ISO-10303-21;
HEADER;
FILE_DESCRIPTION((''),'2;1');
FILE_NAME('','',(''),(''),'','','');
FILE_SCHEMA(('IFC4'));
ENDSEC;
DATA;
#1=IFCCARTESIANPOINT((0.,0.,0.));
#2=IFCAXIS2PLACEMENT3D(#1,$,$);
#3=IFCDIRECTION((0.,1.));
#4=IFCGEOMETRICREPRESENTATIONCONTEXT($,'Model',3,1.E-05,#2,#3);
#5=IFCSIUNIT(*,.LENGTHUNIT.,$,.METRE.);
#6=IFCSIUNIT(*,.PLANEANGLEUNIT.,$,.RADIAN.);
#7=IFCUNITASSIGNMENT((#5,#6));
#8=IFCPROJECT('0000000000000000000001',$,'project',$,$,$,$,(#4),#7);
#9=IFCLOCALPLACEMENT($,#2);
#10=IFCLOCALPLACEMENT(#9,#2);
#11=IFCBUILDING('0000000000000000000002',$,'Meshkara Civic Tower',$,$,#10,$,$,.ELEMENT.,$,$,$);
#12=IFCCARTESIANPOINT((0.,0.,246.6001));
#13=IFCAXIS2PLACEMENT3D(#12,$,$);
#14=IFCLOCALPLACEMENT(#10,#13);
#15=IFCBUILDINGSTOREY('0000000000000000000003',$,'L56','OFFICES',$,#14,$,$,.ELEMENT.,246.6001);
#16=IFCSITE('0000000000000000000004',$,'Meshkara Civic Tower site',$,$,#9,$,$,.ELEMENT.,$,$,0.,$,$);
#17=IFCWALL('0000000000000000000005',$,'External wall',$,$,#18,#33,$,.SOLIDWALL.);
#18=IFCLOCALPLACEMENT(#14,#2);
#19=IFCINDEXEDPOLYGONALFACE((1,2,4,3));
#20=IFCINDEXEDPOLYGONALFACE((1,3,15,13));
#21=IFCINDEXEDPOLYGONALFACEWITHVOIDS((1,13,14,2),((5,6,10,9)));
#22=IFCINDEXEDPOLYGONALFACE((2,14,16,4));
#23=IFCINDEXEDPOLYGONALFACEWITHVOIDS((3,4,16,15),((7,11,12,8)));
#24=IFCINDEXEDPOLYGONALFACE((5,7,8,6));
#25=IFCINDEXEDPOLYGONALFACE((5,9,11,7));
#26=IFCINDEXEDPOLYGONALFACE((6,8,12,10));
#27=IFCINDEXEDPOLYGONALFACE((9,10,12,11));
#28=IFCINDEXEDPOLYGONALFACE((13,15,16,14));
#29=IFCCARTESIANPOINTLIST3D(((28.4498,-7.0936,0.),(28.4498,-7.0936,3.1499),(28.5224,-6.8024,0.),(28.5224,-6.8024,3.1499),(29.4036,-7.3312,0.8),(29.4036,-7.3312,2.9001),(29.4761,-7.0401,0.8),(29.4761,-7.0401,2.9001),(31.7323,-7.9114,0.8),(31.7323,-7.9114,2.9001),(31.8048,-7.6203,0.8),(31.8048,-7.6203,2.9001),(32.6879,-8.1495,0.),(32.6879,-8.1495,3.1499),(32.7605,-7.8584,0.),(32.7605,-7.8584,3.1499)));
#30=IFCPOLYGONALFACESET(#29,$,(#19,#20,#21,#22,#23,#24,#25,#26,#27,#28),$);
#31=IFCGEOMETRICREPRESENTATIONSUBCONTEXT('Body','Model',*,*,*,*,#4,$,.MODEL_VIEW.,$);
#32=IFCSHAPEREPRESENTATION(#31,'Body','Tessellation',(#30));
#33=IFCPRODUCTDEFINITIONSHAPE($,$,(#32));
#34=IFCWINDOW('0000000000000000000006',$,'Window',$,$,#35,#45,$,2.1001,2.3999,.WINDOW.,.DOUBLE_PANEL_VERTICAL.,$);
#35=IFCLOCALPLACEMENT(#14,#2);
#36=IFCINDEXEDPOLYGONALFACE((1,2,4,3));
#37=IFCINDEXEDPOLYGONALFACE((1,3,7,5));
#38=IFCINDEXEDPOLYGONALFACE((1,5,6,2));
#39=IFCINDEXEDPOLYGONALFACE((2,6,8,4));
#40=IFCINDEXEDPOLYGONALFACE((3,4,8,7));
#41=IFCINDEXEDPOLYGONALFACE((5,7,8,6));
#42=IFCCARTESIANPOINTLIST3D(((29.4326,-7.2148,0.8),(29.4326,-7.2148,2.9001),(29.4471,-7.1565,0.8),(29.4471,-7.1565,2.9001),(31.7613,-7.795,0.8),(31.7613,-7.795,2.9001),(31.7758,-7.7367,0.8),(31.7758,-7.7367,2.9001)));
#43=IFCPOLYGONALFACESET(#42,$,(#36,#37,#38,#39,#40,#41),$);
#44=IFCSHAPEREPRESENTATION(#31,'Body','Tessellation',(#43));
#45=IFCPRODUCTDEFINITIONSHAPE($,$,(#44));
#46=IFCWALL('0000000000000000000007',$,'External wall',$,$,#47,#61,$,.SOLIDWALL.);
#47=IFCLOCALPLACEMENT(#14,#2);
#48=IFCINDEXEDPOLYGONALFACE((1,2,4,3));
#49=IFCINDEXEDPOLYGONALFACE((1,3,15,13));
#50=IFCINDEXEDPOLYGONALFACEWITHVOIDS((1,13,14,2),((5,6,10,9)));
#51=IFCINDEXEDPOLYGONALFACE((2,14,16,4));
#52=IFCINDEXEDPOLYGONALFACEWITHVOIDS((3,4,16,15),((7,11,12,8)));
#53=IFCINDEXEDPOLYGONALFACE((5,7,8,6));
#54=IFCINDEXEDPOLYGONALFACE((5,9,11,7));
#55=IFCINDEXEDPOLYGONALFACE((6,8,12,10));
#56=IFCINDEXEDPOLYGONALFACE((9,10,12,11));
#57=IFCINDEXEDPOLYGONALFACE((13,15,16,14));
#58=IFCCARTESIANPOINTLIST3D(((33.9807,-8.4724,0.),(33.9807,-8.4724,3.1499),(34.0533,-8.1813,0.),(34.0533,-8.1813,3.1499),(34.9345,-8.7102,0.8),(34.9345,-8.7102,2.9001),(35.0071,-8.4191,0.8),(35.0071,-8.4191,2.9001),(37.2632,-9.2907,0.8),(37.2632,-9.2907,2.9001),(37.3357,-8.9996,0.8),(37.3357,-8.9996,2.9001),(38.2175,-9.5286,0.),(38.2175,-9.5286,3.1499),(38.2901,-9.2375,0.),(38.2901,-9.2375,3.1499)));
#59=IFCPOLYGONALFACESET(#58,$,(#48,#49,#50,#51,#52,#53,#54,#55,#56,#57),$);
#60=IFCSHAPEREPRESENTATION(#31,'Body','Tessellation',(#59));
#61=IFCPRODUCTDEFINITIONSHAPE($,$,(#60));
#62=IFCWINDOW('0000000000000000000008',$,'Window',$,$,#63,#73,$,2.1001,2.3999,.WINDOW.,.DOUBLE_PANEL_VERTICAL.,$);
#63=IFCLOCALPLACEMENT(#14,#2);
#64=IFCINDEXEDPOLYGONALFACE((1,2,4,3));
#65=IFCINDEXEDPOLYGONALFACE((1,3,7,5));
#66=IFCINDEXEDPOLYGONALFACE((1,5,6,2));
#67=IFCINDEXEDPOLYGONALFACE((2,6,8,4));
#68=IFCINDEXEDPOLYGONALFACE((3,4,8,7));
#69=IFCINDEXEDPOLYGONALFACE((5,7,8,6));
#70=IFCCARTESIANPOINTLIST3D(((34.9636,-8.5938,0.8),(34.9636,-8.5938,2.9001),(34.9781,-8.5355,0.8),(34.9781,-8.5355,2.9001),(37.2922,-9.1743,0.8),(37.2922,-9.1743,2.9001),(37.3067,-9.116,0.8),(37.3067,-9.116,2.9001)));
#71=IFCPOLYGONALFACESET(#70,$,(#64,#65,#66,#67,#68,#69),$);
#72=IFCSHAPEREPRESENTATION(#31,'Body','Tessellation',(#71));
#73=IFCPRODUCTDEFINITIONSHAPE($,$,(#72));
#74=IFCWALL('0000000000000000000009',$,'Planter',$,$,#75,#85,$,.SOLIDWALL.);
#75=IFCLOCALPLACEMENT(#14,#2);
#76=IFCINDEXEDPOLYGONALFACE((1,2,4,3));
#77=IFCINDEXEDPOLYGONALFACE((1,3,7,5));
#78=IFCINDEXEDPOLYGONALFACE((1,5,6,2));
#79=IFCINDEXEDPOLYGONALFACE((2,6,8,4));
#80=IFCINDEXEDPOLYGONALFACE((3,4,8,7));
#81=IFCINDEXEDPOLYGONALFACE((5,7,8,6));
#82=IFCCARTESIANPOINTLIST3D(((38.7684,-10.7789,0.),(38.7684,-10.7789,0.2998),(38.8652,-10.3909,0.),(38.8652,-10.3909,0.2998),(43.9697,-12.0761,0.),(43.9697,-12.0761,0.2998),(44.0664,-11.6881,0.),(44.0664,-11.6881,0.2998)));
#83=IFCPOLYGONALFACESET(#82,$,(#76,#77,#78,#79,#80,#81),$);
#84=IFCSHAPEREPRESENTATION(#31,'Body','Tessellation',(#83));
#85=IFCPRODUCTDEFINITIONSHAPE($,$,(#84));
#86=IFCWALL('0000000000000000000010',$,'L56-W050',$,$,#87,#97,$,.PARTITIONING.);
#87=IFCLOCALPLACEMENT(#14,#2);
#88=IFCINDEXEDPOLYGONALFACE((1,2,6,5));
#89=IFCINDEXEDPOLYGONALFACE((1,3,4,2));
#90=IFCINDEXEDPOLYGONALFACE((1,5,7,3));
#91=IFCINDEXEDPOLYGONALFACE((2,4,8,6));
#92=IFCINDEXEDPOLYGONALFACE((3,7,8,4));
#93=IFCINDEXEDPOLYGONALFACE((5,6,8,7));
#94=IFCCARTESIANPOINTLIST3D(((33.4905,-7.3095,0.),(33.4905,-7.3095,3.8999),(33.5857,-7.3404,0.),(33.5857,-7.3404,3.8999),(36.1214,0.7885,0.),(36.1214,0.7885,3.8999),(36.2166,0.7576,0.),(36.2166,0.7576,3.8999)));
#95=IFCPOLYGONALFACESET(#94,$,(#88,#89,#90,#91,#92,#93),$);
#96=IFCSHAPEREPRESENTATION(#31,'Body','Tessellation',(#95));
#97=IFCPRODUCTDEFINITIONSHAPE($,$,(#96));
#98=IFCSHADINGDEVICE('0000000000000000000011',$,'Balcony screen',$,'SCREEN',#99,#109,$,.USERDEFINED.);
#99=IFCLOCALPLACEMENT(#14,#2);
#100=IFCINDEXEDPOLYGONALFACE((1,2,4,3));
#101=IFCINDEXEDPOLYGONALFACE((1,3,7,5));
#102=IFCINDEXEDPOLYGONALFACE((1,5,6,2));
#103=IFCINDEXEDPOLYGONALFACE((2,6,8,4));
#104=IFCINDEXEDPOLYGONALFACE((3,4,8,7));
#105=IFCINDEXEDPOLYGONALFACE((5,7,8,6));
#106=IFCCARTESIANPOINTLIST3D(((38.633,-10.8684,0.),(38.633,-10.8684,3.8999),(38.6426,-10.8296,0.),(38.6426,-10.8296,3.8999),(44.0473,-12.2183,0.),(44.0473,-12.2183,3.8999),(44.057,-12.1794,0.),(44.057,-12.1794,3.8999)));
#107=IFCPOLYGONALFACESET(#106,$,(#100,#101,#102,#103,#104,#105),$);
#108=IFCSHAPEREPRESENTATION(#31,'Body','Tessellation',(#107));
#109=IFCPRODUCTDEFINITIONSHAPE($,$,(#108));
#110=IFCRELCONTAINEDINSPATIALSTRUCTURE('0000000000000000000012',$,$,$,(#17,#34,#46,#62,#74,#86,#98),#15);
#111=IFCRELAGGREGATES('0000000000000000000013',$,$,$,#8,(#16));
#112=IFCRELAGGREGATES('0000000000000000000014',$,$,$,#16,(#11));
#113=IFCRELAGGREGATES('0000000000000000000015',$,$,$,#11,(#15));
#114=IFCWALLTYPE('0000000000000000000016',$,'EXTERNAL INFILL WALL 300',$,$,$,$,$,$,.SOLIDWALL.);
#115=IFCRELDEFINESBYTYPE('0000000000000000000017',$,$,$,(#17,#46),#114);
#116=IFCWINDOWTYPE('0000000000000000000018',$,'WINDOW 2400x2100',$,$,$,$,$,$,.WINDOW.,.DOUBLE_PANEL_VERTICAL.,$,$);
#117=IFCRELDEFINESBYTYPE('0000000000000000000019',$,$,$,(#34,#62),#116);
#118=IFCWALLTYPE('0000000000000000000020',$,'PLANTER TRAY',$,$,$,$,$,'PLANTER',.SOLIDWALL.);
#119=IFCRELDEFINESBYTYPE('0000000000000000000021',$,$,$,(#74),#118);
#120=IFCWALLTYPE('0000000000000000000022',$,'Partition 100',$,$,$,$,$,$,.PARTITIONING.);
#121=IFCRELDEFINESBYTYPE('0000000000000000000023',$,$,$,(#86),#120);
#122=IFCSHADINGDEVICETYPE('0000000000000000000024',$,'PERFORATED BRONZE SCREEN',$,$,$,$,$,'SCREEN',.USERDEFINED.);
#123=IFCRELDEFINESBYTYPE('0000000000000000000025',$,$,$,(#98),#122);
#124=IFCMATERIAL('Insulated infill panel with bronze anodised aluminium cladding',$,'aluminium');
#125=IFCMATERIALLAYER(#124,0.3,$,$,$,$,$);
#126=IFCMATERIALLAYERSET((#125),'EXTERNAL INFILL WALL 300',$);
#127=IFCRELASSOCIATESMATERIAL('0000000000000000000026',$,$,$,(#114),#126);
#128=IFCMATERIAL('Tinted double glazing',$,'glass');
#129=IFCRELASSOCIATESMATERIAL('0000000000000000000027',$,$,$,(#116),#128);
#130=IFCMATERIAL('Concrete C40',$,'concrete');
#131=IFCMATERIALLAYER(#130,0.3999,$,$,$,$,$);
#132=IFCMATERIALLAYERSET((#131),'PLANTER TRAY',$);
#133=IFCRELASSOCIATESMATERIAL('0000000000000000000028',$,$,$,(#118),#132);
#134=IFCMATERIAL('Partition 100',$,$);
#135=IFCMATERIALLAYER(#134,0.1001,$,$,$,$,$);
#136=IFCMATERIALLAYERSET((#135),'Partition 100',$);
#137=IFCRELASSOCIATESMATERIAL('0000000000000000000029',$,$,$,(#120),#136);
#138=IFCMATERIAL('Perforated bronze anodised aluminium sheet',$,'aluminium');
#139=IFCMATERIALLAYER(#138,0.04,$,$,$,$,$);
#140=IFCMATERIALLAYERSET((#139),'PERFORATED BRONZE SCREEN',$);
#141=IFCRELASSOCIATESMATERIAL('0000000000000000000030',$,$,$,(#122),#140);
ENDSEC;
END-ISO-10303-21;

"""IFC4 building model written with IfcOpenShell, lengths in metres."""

from ifc_helpers import new_model, si_unit, direction, frame, frame_2d, origin, origin_2d, place, context, subcontext, project, spatial, rectangle, extrude, material, layer, layer_set, type_object, element, fill, save


model = new_model("IFC4")

# Units and contexts
model_context = context("Model", 3, precision=1e-05, world=origin(), true_north=direction((0.0, 1.0)))
body_context = subcontext(model_context, "Body", "Model", "MODEL_VIEW")
ifc_project = project(units=[si_unit("LENGTHUNIT", "METRE"), si_unit("PLANEANGLEUNIT", "RADIAN")], contexts=[model_context])

# Site, building, storey
site_placement = place(None, origin())
site = spatial("IfcSite", under=ifc_project, at=site_placement, Name="Meshkara Civic Tower site", CompositionType="ELEMENT", RefElevation=0.0)
building_placement = place(site_placement, origin())
building = spatial("IfcBuilding", under=site, at=building_placement, Name="Meshkara Civic Tower", CompositionType="ELEMENT")
storey_placement = place(building_placement, frame((0.0, 0.0, 246.6001)))
storey = spatial("IfcBuildingStorey", under=building, at=storey_placement, Name="L56", Description="OFFICES", CompositionType="ELEMENT", Elevation=246.6001)

# Walls, openings, windows
ifc_material_1 = material(Name="Insulated infill panel with bronze anodised aluminium cladding", Category="aluminium")
ifc_layer_1 = layer(ifc_material_1, 0.3)
ifc_layer_set_1 = layer_set([ifc_layer_1], Name="EXTERNAL INFILL WALL 300")
wall_type_1 = type_object("IfcWallType", Name="EXTERNAL INFILL WALL 300", PredefinedType="SOLIDWALL", material=ifc_layer_set_1)
ifc_material_2 = material(Name="Tinted double glazing", Category="glass")
window_type = type_object("IfcWindowType", Name="WINDOW 2400x2100", PartitioningType="DOUBLE_PANEL_VERTICAL", PredefinedType="WINDOW", material=ifc_material_2)
wall_1_placement = place(storey_placement, frame((28.4861, -6.948, 0.0), z_axis=(0.0, 0.0, 1.0), x_axis=(0.970336, -0.24176, 0.0)))
wall_1 = element("IfcWall", 1, at=wall_1_placement, inside=storey, type_object=wall_type_1, Name="External wall", PredefinedType="SOLIDWALL", context=body_context, shape_type="SweptSolid", body=[
    extrude(rectangle(XDim=4.3677, YDim=0.3, at=frame_2d((2.1838, 0.0))), origin(), (0.0, 0.0, 1.0), 3.1499),
])
opening_1_placement = place(wall_1_placement, frame((0.9829, 0.0, 0.8)))
opening_1 = element("IfcOpeningElement", 2, at=opening_1_placement, cuts=wall_1, PredefinedType="OPENING", context=body_context, shape_type="SweptSolid", body=[
    extrude(rectangle(XDim=2.3999, YDim=2.1001, at=frame_2d((1.2, 1.05))), frame((0.0, 0.1599, 0.0), z_axis=(0.0, -1.0, 0.0), x_axis=(1.0, 0.0, 0.0)), (0.0, 0.0, 1.0), 0.3201),
])
window_1_placement = place(opening_1_placement, origin())
window_1 = element("IfcWindow", 3, at=window_1_placement, inside=storey, type_object=window_type, Name="Window", OverallHeight=2.1001, OverallWidth=2.3999, PartitioningType="DOUBLE_PANEL_VERTICAL", PredefinedType="WINDOW", context=body_context, shape_type="SweptSolid", body=[
    extrude(rectangle(XDim=2.3999, YDim=2.1001, at=frame_2d((1.2, 1.05))), frame((0.0, 0.03, 0.0), z_axis=(0.0, -1.0, 0.0), x_axis=(1.0, 0.0, 0.0)), (0.0, 0.0, 1.0), 0.0601),
])
fill(opening_1, window_1)
wall_2_placement = place(storey_placement, frame((34.0171, -8.3269, 0.0), z_axis=(0.0, 0.0, 1.0), x_axis=(0.970307, -0.241878, 0.0)))
wall_2 = element("IfcWall", 4, at=wall_2_placement, inside=storey, type_object=wall_type_1, Name="External wall", PredefinedType="SOLIDWALL", context=body_context, shape_type="SweptSolid", body=[
    extrude(rectangle(XDim=4.3665, YDim=0.3, at=frame_2d((2.1831, 0.0))), origin(), (0.0, 0.0, 1.0), 3.1499),
])
opening_2_placement = place(wall_2_placement, frame((0.9829, 0.0, 0.8)))
opening_2 = element("IfcOpeningElement", 5, at=opening_2_placement, cuts=wall_2, PredefinedType="OPENING", context=body_context, shape_type="SweptSolid", body=[
    extrude(rectangle(XDim=2.3999, YDim=2.1001, at=frame_2d((1.2, 1.05))), frame((0.0, 0.1599, 0.0), z_axis=(0.0, -1.0, 0.0), x_axis=(1.0, 0.0, 0.0)), (0.0, 0.0, 1.0), 0.3201),
])
window_2_placement = place(opening_2_placement, origin())
window_2 = element("IfcWindow", 6, at=window_2_placement, inside=storey, type_object=window_type, Name="Window", OverallHeight=2.1001, OverallWidth=2.3999, PartitioningType="DOUBLE_PANEL_VERTICAL", PredefinedType="WINDOW", context=body_context, shape_type="SweptSolid", body=[
    extrude(rectangle(XDim=2.3999, YDim=2.1001, at=frame_2d((1.2, 1.05))), frame((0.0, 0.03, 0.0), z_axis=(0.0, -1.0, 0.0), x_axis=(1.0, 0.0, 0.0)), (0.0, 0.0, 1.0), 0.0601),
])
fill(opening_2, window_2)

# Walls
ifc_material_3 = material(Name="Concrete C40", Category="concrete")
ifc_layer_2 = layer(ifc_material_3, 0.3999)
ifc_layer_set_2 = layer_set([ifc_layer_2], Name="PLANTER TRAY")
wall_type_2 = type_object("IfcWallType", Name="PLANTER TRAY", ElementType="PLANTER", PredefinedType="SOLIDWALL", material=ifc_layer_set_2)
wall_3_placement = place(storey_placement, frame((38.8169, -10.585, 0.0), z_axis=(0.0, 0.0, 1.0), x_axis=(0.970282, -0.241978, 0.0)))
element("IfcWall", 7, at=wall_3_placement, inside=storey, type_object=wall_type_2, Name="Planter", PredefinedType="SOLIDWALL", context=body_context, shape_type="SweptSolid", body=[
    extrude(rectangle(XDim=5.3606, YDim=0.3999, at=frame_2d((2.6802, 0.0))), origin(), (0.0, 0.0, 1.0), 0.2998),
])
ifc_material_4 = material(Name="Partition 100")
ifc_layer_3 = layer(ifc_material_4, 0.1001)
ifc_layer_set_3 = layer_set([ifc_layer_3], Name="Partition 100")
wall_type_3 = type_object("IfcWallType", Name="Partition 100", PredefinedType="PARTITIONING", material=ifc_layer_set_3)
wall_4_placement = place(storey_placement, frame((33.5381, -7.325, 0.0), z_axis=(0.0, 0.0, 1.0), x_axis=(0.308984, 0.951067, 0.0)))
element("IfcWall", 8, at=wall_4_placement, inside=storey, type_object=wall_type_3, Name="L56-W050", PredefinedType="PARTITIONING", context=body_context, shape_type="SweptSolid", body=[
    extrude(rectangle(XDim=8.5146, YDim=0.1001, at=frame_2d((4.2573, 0.0))), origin(), (0.0, 0.0, 1.0), 3.8999),
])

# Shading device
ifc_material_5 = material(Name="Perforated bronze anodised aluminium sheet", Category="aluminium")
ifc_layer_4 = layer(ifc_material_5, 0.04)
ifc_layer_set_4 = layer_set([ifc_layer_4], Name="PERFORATED BRONZE SCREEN")
shading_device_type = type_object("IfcShadingDeviceType", Name="PERFORATED BRONZE SCREEN", ElementType="SCREEN", PredefinedType="USERDEFINED", material=ifc_layer_set_4)
shading_device_placement = place(storey_placement, frame((41.345, -11.5239, 0.0), z_axis=(0.0, 0.0, 1.0), x_axis=(0.9703, -0.241905, 0.0)))
element("IfcShadingDevice", 9, at=shading_device_placement, inside=storey, type_object=shading_device_type, Name="Balcony screen", ObjectType="SCREEN", PredefinedType="USERDEFINED", context=body_context, shape_type="SweptSolid", body=[
    extrude(rectangle(XDim=5.5801, YDim=0.04, at=origin_2d()), origin(), (0.0, 0.0, 1.0), 3.8999),
])

save(model, "model.ifc")
